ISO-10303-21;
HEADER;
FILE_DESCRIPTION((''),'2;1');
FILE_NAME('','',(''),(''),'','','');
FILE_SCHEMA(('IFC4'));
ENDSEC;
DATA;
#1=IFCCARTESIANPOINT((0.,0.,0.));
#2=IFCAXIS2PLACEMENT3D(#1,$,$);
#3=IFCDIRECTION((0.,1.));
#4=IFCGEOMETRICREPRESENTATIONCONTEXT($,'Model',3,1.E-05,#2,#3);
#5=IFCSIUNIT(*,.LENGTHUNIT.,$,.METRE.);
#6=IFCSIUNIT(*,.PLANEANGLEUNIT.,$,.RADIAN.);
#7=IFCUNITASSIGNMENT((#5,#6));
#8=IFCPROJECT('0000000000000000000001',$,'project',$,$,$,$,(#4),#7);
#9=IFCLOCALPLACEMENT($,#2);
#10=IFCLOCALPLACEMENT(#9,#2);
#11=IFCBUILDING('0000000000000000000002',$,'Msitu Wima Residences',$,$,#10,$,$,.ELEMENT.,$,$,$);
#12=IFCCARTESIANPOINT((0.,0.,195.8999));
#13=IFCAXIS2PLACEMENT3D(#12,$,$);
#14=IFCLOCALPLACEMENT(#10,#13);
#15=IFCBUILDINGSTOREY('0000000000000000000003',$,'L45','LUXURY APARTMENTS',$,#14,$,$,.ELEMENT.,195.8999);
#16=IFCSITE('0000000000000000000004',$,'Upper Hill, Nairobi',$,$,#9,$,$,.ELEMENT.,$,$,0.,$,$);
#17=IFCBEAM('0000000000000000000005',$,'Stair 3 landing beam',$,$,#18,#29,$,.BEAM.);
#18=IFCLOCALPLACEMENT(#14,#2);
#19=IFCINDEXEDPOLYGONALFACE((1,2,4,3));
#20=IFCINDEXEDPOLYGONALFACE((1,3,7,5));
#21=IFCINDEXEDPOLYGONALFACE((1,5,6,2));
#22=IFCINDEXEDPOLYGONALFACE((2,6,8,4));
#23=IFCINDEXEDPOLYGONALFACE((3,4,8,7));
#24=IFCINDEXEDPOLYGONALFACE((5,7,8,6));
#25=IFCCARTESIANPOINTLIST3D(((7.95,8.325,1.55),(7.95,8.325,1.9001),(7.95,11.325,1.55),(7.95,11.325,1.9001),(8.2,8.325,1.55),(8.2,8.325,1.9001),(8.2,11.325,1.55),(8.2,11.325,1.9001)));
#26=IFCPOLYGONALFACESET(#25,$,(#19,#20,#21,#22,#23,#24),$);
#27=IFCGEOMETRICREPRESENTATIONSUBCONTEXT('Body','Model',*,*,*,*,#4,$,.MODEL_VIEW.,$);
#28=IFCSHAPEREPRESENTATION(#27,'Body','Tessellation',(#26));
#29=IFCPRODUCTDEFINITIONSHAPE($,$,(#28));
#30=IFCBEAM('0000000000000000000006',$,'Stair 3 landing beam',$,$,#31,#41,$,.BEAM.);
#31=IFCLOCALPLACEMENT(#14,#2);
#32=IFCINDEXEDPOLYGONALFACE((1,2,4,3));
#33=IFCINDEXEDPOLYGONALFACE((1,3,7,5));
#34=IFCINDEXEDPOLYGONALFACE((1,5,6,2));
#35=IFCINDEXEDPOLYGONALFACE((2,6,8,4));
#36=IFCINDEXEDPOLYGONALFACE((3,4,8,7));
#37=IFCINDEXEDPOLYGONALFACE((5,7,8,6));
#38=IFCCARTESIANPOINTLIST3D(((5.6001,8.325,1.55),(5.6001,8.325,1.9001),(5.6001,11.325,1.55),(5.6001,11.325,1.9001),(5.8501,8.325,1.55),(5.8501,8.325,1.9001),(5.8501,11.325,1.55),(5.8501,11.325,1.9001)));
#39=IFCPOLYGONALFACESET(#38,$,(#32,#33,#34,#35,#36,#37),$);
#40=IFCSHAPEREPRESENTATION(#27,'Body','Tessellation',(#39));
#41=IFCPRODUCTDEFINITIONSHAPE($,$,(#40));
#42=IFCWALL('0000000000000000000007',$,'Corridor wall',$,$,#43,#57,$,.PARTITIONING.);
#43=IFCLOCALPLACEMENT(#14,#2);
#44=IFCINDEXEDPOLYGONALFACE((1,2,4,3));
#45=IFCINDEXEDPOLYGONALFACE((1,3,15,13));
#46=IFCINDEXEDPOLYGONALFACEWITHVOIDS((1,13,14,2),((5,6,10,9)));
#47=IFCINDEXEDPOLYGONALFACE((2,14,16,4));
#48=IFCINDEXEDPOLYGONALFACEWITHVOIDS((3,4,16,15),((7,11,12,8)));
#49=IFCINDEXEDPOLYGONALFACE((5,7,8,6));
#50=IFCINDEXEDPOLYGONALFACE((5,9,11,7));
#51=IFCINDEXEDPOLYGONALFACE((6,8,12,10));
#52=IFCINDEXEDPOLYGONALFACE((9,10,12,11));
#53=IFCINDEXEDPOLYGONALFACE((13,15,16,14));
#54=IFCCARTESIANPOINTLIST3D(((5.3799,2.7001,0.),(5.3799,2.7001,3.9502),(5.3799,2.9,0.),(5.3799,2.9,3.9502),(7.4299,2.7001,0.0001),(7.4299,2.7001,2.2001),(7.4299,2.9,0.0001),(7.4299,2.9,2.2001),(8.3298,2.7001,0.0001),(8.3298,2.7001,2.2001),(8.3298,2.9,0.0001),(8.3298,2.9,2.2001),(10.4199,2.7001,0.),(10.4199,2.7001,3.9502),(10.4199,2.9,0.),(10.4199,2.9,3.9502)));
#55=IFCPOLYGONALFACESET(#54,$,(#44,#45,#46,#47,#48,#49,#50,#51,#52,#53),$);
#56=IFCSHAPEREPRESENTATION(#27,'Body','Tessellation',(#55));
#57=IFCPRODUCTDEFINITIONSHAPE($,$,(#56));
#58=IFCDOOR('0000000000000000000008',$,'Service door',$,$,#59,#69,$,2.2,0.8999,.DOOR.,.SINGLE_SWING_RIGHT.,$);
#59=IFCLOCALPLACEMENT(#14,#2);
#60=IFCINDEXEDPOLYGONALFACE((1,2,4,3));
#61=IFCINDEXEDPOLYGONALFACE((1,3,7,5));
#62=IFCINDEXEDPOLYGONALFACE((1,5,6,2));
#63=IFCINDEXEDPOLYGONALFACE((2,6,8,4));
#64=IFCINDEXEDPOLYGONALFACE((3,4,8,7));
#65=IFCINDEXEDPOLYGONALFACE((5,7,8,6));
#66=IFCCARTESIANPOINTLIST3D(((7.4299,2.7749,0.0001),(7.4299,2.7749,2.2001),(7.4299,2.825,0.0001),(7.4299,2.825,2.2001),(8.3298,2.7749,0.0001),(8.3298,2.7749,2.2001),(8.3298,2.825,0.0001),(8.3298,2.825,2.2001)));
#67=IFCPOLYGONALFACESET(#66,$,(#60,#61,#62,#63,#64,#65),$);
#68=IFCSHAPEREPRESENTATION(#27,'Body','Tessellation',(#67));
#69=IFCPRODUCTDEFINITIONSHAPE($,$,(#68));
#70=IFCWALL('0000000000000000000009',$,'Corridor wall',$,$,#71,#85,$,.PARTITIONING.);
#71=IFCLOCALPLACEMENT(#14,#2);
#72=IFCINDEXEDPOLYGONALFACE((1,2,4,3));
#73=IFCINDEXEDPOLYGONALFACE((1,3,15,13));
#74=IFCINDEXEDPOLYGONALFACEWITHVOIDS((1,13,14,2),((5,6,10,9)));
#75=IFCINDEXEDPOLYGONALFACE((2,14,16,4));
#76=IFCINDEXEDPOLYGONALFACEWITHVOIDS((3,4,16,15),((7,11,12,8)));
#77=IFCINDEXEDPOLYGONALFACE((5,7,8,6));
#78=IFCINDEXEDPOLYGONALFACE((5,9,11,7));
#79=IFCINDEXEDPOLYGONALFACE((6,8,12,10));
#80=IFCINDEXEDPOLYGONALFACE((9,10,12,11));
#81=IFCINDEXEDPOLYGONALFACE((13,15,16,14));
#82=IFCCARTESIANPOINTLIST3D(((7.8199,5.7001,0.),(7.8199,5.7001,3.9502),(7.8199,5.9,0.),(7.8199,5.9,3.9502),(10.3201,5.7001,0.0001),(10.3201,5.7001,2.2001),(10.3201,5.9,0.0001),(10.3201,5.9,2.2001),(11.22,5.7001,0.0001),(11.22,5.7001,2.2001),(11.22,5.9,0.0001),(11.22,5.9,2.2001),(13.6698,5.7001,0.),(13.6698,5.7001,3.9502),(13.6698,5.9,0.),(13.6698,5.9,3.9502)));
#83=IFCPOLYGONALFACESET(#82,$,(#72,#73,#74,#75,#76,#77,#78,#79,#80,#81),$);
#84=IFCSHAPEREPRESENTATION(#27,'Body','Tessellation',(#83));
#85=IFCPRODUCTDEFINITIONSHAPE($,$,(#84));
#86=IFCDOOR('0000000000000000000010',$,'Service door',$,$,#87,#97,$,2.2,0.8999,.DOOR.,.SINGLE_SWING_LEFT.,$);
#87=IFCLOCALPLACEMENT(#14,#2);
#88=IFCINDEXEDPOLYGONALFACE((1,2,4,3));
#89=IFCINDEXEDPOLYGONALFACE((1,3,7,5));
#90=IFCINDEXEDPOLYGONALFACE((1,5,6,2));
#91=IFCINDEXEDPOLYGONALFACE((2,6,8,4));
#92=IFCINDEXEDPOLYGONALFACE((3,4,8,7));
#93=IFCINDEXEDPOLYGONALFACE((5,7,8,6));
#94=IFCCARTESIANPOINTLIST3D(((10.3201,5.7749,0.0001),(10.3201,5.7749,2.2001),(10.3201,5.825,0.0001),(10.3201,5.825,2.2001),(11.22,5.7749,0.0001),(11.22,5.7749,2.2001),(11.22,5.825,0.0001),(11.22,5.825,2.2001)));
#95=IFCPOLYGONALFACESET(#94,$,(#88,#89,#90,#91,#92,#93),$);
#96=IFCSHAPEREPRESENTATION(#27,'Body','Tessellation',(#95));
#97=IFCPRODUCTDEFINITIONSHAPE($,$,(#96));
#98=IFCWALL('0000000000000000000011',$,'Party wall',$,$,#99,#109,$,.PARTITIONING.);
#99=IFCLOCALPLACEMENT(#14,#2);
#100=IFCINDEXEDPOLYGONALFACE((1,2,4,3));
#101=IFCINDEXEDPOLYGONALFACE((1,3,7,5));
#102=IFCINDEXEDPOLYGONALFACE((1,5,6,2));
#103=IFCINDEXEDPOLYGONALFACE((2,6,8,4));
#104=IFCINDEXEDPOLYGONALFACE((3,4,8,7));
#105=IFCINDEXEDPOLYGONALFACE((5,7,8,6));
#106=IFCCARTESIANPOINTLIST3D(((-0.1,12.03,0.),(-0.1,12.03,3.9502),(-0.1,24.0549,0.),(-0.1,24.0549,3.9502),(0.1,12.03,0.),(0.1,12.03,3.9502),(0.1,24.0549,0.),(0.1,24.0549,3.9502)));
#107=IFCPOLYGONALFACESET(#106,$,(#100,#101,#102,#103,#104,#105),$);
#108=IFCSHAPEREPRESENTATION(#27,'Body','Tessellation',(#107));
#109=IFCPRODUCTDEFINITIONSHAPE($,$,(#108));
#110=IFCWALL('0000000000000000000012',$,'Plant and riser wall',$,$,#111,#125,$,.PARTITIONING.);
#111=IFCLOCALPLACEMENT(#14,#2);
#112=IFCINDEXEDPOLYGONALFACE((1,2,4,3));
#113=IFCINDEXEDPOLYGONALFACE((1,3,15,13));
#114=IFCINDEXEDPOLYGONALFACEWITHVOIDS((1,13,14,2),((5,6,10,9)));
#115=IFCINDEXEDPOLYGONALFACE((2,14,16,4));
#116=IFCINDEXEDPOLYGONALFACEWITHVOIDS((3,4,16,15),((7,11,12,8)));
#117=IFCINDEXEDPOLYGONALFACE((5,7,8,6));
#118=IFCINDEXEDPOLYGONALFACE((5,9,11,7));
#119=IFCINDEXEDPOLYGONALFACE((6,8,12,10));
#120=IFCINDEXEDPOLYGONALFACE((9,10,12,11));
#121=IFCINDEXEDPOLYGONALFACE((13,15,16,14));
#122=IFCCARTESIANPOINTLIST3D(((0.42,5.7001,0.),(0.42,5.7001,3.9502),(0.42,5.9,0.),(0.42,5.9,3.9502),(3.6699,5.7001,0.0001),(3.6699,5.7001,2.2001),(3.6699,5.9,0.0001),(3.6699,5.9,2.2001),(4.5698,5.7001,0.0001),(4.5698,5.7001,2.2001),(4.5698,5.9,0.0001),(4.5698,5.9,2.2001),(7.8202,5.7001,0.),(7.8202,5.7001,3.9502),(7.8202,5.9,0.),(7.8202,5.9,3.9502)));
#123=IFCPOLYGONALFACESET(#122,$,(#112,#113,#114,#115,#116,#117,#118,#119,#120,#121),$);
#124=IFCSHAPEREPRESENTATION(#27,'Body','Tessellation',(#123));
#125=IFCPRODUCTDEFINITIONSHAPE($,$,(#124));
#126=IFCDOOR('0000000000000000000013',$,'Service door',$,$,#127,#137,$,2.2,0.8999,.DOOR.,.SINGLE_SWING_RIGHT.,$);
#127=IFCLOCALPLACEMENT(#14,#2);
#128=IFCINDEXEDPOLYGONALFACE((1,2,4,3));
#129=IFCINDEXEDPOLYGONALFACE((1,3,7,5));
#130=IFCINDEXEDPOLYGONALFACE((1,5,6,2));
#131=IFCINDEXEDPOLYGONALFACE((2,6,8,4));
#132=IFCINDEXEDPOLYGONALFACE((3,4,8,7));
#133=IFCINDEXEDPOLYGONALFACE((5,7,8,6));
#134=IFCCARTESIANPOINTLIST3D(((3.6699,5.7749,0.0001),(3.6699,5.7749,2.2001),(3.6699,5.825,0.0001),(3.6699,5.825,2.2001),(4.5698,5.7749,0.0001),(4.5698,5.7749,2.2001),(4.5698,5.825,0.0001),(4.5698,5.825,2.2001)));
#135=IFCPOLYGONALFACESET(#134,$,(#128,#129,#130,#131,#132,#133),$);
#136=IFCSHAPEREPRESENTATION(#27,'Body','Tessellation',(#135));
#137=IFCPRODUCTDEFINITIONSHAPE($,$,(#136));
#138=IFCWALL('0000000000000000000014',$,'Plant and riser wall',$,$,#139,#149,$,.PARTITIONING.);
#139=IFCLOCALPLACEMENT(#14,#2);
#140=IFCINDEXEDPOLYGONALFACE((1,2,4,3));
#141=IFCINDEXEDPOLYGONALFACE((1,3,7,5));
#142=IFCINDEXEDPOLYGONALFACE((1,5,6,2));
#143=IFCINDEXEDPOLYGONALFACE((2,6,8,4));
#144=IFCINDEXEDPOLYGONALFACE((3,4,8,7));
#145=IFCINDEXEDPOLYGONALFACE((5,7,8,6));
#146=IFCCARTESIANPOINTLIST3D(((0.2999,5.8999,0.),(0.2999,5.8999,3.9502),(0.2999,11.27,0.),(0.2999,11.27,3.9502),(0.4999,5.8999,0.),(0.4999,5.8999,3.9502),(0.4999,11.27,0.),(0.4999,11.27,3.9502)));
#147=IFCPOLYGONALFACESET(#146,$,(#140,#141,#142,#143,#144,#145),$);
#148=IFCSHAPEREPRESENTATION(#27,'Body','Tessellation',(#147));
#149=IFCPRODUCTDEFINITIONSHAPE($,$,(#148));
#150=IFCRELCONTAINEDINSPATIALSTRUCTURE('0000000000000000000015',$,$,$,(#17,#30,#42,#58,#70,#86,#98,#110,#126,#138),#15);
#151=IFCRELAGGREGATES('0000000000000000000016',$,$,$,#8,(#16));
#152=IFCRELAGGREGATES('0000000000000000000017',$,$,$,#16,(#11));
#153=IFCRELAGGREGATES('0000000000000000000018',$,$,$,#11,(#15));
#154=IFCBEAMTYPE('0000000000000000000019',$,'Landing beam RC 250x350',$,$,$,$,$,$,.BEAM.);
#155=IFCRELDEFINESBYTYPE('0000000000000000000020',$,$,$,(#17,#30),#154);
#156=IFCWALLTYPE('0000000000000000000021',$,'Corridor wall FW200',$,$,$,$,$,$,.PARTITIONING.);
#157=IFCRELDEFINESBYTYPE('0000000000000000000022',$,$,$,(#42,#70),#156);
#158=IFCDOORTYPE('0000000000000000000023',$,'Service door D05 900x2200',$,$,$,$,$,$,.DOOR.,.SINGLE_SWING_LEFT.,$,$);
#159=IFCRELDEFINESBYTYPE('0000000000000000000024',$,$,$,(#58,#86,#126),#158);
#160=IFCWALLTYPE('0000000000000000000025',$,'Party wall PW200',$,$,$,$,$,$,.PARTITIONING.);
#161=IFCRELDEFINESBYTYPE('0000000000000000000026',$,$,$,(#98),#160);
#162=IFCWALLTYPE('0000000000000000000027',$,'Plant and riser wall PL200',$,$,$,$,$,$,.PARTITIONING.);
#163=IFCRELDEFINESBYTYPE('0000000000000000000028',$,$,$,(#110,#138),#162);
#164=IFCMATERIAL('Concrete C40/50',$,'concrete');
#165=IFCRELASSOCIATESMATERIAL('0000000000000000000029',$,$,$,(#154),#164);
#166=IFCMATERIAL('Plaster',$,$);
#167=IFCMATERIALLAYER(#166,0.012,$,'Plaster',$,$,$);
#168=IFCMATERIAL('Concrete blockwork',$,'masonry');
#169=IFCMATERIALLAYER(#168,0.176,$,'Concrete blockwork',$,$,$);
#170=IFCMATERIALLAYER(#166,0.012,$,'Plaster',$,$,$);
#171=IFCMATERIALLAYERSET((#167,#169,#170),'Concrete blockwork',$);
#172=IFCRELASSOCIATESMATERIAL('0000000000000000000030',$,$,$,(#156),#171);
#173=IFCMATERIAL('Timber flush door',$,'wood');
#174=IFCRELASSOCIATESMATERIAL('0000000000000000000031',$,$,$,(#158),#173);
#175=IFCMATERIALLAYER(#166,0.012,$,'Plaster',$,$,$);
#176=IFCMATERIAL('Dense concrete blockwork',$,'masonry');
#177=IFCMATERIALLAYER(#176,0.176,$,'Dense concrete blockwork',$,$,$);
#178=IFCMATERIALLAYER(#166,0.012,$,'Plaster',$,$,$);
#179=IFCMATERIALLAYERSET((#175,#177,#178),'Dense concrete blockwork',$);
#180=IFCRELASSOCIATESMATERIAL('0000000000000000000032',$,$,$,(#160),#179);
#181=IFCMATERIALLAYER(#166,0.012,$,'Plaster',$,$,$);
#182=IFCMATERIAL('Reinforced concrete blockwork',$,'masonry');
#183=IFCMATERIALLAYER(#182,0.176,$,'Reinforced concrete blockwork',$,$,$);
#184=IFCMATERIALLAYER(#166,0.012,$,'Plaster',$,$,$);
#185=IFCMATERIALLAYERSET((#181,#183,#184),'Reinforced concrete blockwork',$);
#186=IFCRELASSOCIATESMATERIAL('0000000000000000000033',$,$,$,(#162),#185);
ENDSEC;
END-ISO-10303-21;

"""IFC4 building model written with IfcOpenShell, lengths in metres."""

from ifc_helpers import new_model, si_unit, direction, frame, frame_2d, origin, origin_2d, place, context, subcontext, project, spatial, rectangle, extrude, material, layer, layer_set, material_profile, profile_set, type_object, element, fill, save


model = new_model("IFC4")

# Units and contexts
model_context = context("Model", 3, precision=1e-05, world=origin(), true_north=direction((0.0, 1.0)))
body_context = subcontext(model_context, "Body", "Model", "MODEL_VIEW")
ifc_project = project(units=[si_unit("LENGTHUNIT", "METRE"), si_unit("PLANEANGLEUNIT", "RADIAN")], contexts=[model_context])

# Site, building, storey
site_placement = place(None, origin())
site = spatial("IfcSite", under=ifc_project, at=site_placement, Name="Upper Hill, Nairobi", CompositionType="ELEMENT", RefElevation=0.0)
building_placement = place(site_placement, origin())
building = spatial("IfcBuilding", under=site, at=building_placement, Name="Msitu Wima Residences", CompositionType="ELEMENT")
storey_placement = place(building_placement, frame((0.0, 0.0, 195.8999)))
storey = spatial("IfcBuildingStorey", under=building, at=storey_placement, Name="L45", Description="LUXURY APARTMENTS", CompositionType="ELEMENT", Elevation=195.8999)

# Beams
ifc_material_1 = material(Name="Concrete C40/50", Category="concrete")
ifc_material_profile = material_profile(ifc_material_1, rectangle(XDim=0.25, YDim=0.3501, at=origin_2d()), Name="RC 250x350")
ifc_profile_set = profile_set([ifc_material_profile], Name="Concrete C40/50")
beam_type = type_object("IfcBeamType", Name="Landing beam RC 250x350", PredefinedType="BEAM", material=ifc_profile_set)
for number, where, z_axis, x_axis, name in (
    (1, (8.075, 8.325, 1.7251), (0.0, 1.0, 0.0), (-1.0, 0.0, 0.0), "Stair 3 landing beam"),
    (2, (5.7251, 8.325, 1.7251), (0.0, 1.0, 0.0), (-1.0, 0.0, 0.0), "Stair 3 landing beam"),
):
    element("IfcBeam", number, at=place(storey_placement, frame(where, z_axis=z_axis, x_axis=x_axis)), inside=storey, type_object=beam_type, Name=name, PredefinedType="BEAM", context=body_context, shape_type="SweptSolid", body=[
        extrude(rectangle(XDim=0.25, YDim=0.3501, at=origin_2d()), origin(), (0.0, 0.0, 1.0), 3.0),
    ])

# Walls, openings, doors
ifc_material_2 = material(Name="Plaster")
ifc_layer_1 = layer(ifc_material_2, 0.012, Name="Plaster")
ifc_material_3 = material(Name="Concrete blockwork", Category="masonry")
ifc_layer_2 = layer(ifc_material_3, 0.176, Name="Concrete blockwork")
ifc_layer_3 = layer(ifc_material_2, 0.012, Name="Plaster")
ifc_layer_set_1 = layer_set([ifc_layer_1, ifc_layer_2, ifc_layer_3], Name="Concrete blockwork")
wall_type_1 = type_object("IfcWallType", Name="Corridor wall FW200", PredefinedType="PARTITIONING", material=ifc_layer_set_1)
wall_1_placement = place(storey_placement, frame((5.3799, 2.8, 0.0), z_axis=(0.0, 0.0, 1.0), x_axis=(1.0, 0.0, 0.0)))
wall_1 = element("IfcWall", 3, at=wall_1_placement, inside=storey, type_object=wall_type_1, Name="Corridor wall", PredefinedType="PARTITIONING", context=body_context, shape_type="SweptSolid", body=[
    extrude(rectangle(XDim=5.04, YDim=0.2, at=frame_2d((2.52, 0.0))), origin(), (0.0, 0.0, 1.0), 3.9502),
])
opening_1_placement = place(wall_1_placement, frame((2.05, 0.0, 0.0)))
opening_1 = element("IfcOpeningElement", 4, at=opening_1_placement, cuts=wall_1, PredefinedType="OPENING", context=body_context, shape_type="SweptSolid", body=[
    extrude(rectangle(XDim=0.8999, YDim=2.2, at=frame_2d((0.45, 1.1001))), frame((0.0, 0.1099, 0.0), z_axis=(0.0, -1.0, 0.0), x_axis=(1.0, 0.0, 0.0)), (0.0, 0.0, 1.0), 0.22),
])
ifc_material_4 = material(Name="Timber flush door", Category="wood")
door_type = type_object("IfcDoorType", Name="Service door D05 900x2200", OperationType="SINGLE_SWING_LEFT", PredefinedType="DOOR", material=ifc_material_4)
door_1_placement = place(opening_1_placement, origin())
door_1 = element("IfcDoor", 5, at=door_1_placement, inside=storey, type_object=door_type, Name="Service door", OperationType="SINGLE_SWING_RIGHT", OverallHeight=2.2, OverallWidth=0.8999, PredefinedType="DOOR", context=body_context, shape_type="SweptSolid", body=[
    extrude(rectangle(XDim=0.8999, YDim=2.2, at=frame_2d((0.45, 1.1001))), frame((0.0, 0.0249, 0.0), z_axis=(0.0, -1.0, 0.0), x_axis=(1.0, 0.0, 0.0)), (0.0, 0.0, 1.0), 0.05),
])
fill(opening_1, door_1)
wall_2_placement = place(storey_placement, frame((7.8201, 5.8, 0.0), z_axis=(0.0, 0.0, 1.0), x_axis=(1.0, 0.0, 0.0)))
wall_2 = element("IfcWall", 6, at=wall_2_placement, inside=storey, type_object=wall_type_1, Name="Corridor wall", PredefinedType="PARTITIONING", context=body_context, shape_type="SweptSolid", body=[
    extrude(rectangle(XDim=5.8499, YDim=0.2, at=frame_2d((2.9248, 0.0))), origin(), (0.0, 0.0, 1.0), 3.9502),
])
opening_2_placement = place(wall_2_placement, frame((2.5, 0.0, 0.0)))
opening_2 = element("IfcOpeningElement", 7, at=opening_2_placement, cuts=wall_2, PredefinedType="OPENING", context=body_context, shape_type="SweptSolid", body=[
    extrude(rectangle(XDim=0.8999, YDim=2.2, at=frame_2d((0.45, 1.1001))), frame((0.0, 0.1099, 0.0), z_axis=(0.0, -1.0, 0.0), x_axis=(1.0, 0.0, 0.0)), (0.0, 0.0, 1.0), 0.22),
])
door_2_placement = place(opening_2_placement, origin())
door_2 = element("IfcDoor", 8, at=door_2_placement, inside=storey, type_object=door_type, Name="Service door", OperationType="SINGLE_SWING_LEFT", OverallHeight=2.2, OverallWidth=0.8999, PredefinedType="DOOR", context=body_context, shape_type="SweptSolid", body=[
    extrude(rectangle(XDim=0.8999, YDim=2.2, at=frame_2d((0.45, 1.1001))), frame((0.0, 0.0249, 0.0), z_axis=(0.0, -1.0, 0.0), x_axis=(1.0, 0.0, 0.0)), (0.0, 0.0, 1.0), 0.05),
])
fill(opening_2, door_2)

# Wall
ifc_layer_4 = layer(ifc_material_2, 0.012, Name="Plaster")
ifc_material_5 = material(Name="Dense concrete blockwork", Category="masonry")
ifc_layer_5 = layer(ifc_material_5, 0.176, Name="Dense concrete blockwork")
ifc_layer_6 = layer(ifc_material_2, 0.012, Name="Plaster")
ifc_layer_set_2 = layer_set([ifc_layer_4, ifc_layer_5, ifc_layer_6], Name="Dense concrete blockwork")
wall_type_2 = type_object("IfcWallType", Name="Party wall PW200", PredefinedType="PARTITIONING", material=ifc_layer_set_2)
wall_3_placement = place(storey_placement, frame((0.0, 12.03, 0.0), z_axis=(0.0, 0.0, 1.0), x_axis=(0.0, 1.0, 0.0)))
element("IfcWall", 9, at=wall_3_placement, inside=storey, type_object=wall_type_2, Name="Party wall", PredefinedType="PARTITIONING", context=body_context, shape_type="SweptSolid", body=[
    extrude(rectangle(XDim=12.0249, YDim=0.2, at=frame_2d((6.0125, 0.0))), origin(), (0.0, 0.0, 1.0), 3.9502),
])

# Wall, opening, door
ifc_layer_7 = layer(ifc_material_2, 0.012, Name="Plaster")
ifc_material_6 = material(Name="Reinforced concrete blockwork", Category="masonry")
ifc_layer_8 = layer(ifc_material_6, 0.176, Name="Reinforced concrete blockwork")
ifc_layer_9 = layer(ifc_material_2, 0.012, Name="Plaster")
ifc_layer_set_3 = layer_set([ifc_layer_7, ifc_layer_8, ifc_layer_9], Name="Reinforced concrete blockwork")
wall_type_3 = type_object("IfcWallType", Name="Plant and riser wall PL200", PredefinedType="PARTITIONING", material=ifc_layer_set_3)
wall_4_placement = place(storey_placement, frame((0.4199, 5.8, 0.0), z_axis=(0.0, 0.0, 1.0), x_axis=(1.0, 0.0, 0.0)))
wall_4 = element("IfcWall", 10, at=wall_4_placement, inside=storey, type_object=wall_type_3, Name="Plant and riser wall", PredefinedType="PARTITIONING", context=body_context, shape_type="SweptSolid", body=[
    extrude(rectangle(XDim=7.4001, YDim=0.2, at=frame_2d((3.7002, 0.0))), origin(), (0.0, 0.0, 1.0), 3.9502),
])
opening_3_placement = place(wall_4_placement, frame((3.25, 0.0, 0.0)))
opening_3 = element("IfcOpeningElement", 11, at=opening_3_placement, cuts=wall_4, PredefinedType="OPENING", context=body_context, shape_type="SweptSolid", body=[
    extrude(rectangle(XDim=0.8999, YDim=2.2, at=frame_2d((0.45, 1.1001))), frame((0.0, 0.1099, 0.0), z_axis=(0.0, -1.0, 0.0), x_axis=(1.0, 0.0, 0.0)), (0.0, 0.0, 1.0), 0.22),
])
door_3_placement = place(opening_3_placement, origin())
door_3 = element("IfcDoor", 12, at=door_3_placement, inside=storey, type_object=door_type, Name="Service door", OperationType="SINGLE_SWING_RIGHT", OverallHeight=2.2, OverallWidth=0.8999, PredefinedType="DOOR", context=body_context, shape_type="SweptSolid", body=[
    extrude(rectangle(XDim=0.8999, YDim=2.2, at=frame_2d((0.45, 1.1001))), frame((0.0, 0.0249, 0.0), z_axis=(0.0, -1.0, 0.0), x_axis=(1.0, 0.0, 0.0)), (0.0, 0.0, 1.0), 0.05),
])
fill(opening_3, door_3)

# Wall
wall_5_placement = place(storey_placement, frame((0.3999, 5.8999, 0.0), z_axis=(0.0, 0.0, 1.0), x_axis=(0.0, 1.0, 0.0)))
element("IfcWall", 13, at=wall_5_placement, inside=storey, type_object=wall_type_3, Name="Plant and riser wall", PredefinedType="PARTITIONING", context=body_context, shape_type="SweptSolid", body=[
    extrude(rectangle(XDim=5.3701, YDim=0.2, at=frame_2d((2.6851, 0.0))), origin(), (0.0, 0.0, 1.0), 3.9502),
])

save(model, "model.ifc")
